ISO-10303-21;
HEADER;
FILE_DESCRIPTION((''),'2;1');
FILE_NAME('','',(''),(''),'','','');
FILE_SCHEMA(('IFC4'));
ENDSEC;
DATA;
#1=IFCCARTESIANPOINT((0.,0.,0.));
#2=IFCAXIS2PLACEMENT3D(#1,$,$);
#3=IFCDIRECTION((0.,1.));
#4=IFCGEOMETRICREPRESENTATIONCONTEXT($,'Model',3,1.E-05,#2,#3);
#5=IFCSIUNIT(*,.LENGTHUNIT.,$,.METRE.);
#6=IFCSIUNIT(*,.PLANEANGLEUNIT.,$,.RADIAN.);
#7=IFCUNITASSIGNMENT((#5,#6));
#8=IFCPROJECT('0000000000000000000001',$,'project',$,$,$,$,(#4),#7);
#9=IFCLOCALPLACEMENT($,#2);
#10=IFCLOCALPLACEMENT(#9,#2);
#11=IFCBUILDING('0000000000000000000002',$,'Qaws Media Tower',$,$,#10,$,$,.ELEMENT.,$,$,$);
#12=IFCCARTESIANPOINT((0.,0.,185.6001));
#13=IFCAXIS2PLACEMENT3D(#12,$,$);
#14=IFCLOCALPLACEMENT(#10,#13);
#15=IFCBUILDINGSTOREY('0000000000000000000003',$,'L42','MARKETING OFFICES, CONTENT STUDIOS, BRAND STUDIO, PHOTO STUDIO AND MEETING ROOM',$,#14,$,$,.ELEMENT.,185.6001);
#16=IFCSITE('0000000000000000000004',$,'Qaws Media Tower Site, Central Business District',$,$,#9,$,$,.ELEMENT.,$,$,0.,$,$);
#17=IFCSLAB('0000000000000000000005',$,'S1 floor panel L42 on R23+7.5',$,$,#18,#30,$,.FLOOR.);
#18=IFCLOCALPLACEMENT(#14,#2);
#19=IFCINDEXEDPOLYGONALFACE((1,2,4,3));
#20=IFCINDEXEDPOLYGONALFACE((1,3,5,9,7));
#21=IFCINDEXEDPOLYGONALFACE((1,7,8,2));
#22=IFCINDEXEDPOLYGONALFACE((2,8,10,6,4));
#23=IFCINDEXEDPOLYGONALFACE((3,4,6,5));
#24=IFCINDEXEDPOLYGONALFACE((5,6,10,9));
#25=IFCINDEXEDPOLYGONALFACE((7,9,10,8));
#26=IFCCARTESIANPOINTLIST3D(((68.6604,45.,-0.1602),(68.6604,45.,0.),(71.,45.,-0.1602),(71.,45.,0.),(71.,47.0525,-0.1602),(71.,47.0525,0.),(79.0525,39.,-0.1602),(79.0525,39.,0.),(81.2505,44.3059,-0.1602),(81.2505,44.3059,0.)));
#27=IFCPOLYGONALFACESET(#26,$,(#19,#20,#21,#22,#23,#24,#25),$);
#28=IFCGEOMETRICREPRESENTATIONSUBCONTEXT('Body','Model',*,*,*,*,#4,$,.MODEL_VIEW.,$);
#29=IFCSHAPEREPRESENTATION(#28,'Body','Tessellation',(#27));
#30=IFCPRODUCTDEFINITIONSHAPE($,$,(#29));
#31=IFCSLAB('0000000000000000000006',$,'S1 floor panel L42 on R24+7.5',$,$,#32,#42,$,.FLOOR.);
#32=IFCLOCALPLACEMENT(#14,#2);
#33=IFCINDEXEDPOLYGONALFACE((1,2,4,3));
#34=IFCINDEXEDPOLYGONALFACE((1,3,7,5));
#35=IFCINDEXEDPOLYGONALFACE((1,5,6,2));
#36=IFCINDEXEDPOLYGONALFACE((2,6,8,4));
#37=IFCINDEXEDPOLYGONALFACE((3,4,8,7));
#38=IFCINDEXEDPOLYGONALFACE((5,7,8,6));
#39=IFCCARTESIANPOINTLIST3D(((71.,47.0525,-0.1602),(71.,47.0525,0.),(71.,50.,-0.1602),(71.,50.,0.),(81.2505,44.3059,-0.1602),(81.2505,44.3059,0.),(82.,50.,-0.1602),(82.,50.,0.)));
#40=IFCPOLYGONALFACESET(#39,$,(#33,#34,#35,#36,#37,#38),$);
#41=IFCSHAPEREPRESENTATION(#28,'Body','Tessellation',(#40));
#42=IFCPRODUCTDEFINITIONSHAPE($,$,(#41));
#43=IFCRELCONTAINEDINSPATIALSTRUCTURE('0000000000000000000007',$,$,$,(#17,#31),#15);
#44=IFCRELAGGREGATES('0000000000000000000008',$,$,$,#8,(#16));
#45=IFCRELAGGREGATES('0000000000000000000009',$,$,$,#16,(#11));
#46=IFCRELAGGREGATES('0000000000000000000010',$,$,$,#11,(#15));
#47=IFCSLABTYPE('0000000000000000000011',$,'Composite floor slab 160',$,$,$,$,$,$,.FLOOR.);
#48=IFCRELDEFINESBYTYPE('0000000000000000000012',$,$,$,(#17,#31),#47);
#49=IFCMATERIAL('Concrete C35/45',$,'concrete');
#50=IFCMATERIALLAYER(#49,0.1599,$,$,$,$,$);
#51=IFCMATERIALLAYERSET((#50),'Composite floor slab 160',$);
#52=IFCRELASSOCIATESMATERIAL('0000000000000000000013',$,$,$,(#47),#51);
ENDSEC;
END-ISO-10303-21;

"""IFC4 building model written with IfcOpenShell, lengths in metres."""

from ifc_helpers import new_model, si_unit, direction, frame, origin, place, context, subcontext, project, spatial, polyline, outline, extrude, material, layer, layer_set, type_object, element, save


model = new_model("IFC4")

# Units and contexts
model_context = context("Model", 3, precision=1e-05, world=origin(), true_north=direction((0.0, 1.0)))
body_context = subcontext(model_context, "Body", "Model", "MODEL_VIEW")
ifc_project = project(units=[si_unit("LENGTHUNIT", "METRE"), si_unit("PLANEANGLEUNIT", "RADIAN")], contexts=[model_context])

# Site, building, storey
site_placement = place(None, origin())
site = spatial("IfcSite", under=ifc_project, at=site_placement, Name="Qaws Media Tower Site, Central Business District", CompositionType="ELEMENT", RefElevation=0.0)
building_placement = place(site_placement, origin())
building = spatial("IfcBuilding", under=site, at=building_placement, Name="Qaws Media Tower", CompositionType="ELEMENT")
storey_placement = place(building_placement, frame((0.0, 0.0, 185.6001)))
storey = spatial("IfcBuildingStorey", under=building, at=storey_placement, Name="L42", Description="MARKETING OFFICES, CONTENT STUDIOS, BRAND STUDIO, PHOTO STUDIO AND MEETING ROOM", CompositionType="ELEMENT", Elevation=185.6001)

# Slabs
ifc_material_1 = material(Name="Concrete C35/45", Category="concrete")
ifc_layer_1 = layer(ifc_material_1, 0.1599)
ifc_layer_set_1 = layer_set([ifc_layer_1], Name="Composite floor slab 160")
slab_type_1 = type_object("IfcSlabType", Name="Composite floor slab 160", PredefinedType="FLOOR", material=ifc_layer_set_1)
slab_1_placement = place(storey_placement, frame((0.0, 0.0, -0.1602)))
element("IfcSlab", 1, at=slab_1_placement, inside=storey, type_object=slab_type_1, Name="S1 floor panel L42 on R23+7.5", PredefinedType="FLOOR", context=body_context, shape_type="SweptSolid", body=[
    extrude(outline(polyline([(81.2505, 44.3059), (79.0525, 39.0), (68.6604, 45.0), (71.0, 45.0), (71.0, 47.0525), (81.2505, 44.3059)])), origin(), (0.0, 0.0, 1.0), 0.1602),
])
slab_2_placement = place(storey_placement, frame((0.0, 0.0, -0.1602)))
element("IfcSlab", 2, at=slab_2_placement, inside=storey, type_object=slab_type_1, Name="S1 floor panel L42 on R24+7.5", PredefinedType="FLOOR", context=body_context, shape_type="SweptSolid", body=[
    extrude(outline(polyline([(81.2505, 44.3059), (71.0, 47.0525), (71.0, 50.0), (82.0, 50.0), (81.2505, 44.3059)])), origin(), (0.0, 0.0, 1.0), 0.1602),
])

save(model, "model.ifc")
